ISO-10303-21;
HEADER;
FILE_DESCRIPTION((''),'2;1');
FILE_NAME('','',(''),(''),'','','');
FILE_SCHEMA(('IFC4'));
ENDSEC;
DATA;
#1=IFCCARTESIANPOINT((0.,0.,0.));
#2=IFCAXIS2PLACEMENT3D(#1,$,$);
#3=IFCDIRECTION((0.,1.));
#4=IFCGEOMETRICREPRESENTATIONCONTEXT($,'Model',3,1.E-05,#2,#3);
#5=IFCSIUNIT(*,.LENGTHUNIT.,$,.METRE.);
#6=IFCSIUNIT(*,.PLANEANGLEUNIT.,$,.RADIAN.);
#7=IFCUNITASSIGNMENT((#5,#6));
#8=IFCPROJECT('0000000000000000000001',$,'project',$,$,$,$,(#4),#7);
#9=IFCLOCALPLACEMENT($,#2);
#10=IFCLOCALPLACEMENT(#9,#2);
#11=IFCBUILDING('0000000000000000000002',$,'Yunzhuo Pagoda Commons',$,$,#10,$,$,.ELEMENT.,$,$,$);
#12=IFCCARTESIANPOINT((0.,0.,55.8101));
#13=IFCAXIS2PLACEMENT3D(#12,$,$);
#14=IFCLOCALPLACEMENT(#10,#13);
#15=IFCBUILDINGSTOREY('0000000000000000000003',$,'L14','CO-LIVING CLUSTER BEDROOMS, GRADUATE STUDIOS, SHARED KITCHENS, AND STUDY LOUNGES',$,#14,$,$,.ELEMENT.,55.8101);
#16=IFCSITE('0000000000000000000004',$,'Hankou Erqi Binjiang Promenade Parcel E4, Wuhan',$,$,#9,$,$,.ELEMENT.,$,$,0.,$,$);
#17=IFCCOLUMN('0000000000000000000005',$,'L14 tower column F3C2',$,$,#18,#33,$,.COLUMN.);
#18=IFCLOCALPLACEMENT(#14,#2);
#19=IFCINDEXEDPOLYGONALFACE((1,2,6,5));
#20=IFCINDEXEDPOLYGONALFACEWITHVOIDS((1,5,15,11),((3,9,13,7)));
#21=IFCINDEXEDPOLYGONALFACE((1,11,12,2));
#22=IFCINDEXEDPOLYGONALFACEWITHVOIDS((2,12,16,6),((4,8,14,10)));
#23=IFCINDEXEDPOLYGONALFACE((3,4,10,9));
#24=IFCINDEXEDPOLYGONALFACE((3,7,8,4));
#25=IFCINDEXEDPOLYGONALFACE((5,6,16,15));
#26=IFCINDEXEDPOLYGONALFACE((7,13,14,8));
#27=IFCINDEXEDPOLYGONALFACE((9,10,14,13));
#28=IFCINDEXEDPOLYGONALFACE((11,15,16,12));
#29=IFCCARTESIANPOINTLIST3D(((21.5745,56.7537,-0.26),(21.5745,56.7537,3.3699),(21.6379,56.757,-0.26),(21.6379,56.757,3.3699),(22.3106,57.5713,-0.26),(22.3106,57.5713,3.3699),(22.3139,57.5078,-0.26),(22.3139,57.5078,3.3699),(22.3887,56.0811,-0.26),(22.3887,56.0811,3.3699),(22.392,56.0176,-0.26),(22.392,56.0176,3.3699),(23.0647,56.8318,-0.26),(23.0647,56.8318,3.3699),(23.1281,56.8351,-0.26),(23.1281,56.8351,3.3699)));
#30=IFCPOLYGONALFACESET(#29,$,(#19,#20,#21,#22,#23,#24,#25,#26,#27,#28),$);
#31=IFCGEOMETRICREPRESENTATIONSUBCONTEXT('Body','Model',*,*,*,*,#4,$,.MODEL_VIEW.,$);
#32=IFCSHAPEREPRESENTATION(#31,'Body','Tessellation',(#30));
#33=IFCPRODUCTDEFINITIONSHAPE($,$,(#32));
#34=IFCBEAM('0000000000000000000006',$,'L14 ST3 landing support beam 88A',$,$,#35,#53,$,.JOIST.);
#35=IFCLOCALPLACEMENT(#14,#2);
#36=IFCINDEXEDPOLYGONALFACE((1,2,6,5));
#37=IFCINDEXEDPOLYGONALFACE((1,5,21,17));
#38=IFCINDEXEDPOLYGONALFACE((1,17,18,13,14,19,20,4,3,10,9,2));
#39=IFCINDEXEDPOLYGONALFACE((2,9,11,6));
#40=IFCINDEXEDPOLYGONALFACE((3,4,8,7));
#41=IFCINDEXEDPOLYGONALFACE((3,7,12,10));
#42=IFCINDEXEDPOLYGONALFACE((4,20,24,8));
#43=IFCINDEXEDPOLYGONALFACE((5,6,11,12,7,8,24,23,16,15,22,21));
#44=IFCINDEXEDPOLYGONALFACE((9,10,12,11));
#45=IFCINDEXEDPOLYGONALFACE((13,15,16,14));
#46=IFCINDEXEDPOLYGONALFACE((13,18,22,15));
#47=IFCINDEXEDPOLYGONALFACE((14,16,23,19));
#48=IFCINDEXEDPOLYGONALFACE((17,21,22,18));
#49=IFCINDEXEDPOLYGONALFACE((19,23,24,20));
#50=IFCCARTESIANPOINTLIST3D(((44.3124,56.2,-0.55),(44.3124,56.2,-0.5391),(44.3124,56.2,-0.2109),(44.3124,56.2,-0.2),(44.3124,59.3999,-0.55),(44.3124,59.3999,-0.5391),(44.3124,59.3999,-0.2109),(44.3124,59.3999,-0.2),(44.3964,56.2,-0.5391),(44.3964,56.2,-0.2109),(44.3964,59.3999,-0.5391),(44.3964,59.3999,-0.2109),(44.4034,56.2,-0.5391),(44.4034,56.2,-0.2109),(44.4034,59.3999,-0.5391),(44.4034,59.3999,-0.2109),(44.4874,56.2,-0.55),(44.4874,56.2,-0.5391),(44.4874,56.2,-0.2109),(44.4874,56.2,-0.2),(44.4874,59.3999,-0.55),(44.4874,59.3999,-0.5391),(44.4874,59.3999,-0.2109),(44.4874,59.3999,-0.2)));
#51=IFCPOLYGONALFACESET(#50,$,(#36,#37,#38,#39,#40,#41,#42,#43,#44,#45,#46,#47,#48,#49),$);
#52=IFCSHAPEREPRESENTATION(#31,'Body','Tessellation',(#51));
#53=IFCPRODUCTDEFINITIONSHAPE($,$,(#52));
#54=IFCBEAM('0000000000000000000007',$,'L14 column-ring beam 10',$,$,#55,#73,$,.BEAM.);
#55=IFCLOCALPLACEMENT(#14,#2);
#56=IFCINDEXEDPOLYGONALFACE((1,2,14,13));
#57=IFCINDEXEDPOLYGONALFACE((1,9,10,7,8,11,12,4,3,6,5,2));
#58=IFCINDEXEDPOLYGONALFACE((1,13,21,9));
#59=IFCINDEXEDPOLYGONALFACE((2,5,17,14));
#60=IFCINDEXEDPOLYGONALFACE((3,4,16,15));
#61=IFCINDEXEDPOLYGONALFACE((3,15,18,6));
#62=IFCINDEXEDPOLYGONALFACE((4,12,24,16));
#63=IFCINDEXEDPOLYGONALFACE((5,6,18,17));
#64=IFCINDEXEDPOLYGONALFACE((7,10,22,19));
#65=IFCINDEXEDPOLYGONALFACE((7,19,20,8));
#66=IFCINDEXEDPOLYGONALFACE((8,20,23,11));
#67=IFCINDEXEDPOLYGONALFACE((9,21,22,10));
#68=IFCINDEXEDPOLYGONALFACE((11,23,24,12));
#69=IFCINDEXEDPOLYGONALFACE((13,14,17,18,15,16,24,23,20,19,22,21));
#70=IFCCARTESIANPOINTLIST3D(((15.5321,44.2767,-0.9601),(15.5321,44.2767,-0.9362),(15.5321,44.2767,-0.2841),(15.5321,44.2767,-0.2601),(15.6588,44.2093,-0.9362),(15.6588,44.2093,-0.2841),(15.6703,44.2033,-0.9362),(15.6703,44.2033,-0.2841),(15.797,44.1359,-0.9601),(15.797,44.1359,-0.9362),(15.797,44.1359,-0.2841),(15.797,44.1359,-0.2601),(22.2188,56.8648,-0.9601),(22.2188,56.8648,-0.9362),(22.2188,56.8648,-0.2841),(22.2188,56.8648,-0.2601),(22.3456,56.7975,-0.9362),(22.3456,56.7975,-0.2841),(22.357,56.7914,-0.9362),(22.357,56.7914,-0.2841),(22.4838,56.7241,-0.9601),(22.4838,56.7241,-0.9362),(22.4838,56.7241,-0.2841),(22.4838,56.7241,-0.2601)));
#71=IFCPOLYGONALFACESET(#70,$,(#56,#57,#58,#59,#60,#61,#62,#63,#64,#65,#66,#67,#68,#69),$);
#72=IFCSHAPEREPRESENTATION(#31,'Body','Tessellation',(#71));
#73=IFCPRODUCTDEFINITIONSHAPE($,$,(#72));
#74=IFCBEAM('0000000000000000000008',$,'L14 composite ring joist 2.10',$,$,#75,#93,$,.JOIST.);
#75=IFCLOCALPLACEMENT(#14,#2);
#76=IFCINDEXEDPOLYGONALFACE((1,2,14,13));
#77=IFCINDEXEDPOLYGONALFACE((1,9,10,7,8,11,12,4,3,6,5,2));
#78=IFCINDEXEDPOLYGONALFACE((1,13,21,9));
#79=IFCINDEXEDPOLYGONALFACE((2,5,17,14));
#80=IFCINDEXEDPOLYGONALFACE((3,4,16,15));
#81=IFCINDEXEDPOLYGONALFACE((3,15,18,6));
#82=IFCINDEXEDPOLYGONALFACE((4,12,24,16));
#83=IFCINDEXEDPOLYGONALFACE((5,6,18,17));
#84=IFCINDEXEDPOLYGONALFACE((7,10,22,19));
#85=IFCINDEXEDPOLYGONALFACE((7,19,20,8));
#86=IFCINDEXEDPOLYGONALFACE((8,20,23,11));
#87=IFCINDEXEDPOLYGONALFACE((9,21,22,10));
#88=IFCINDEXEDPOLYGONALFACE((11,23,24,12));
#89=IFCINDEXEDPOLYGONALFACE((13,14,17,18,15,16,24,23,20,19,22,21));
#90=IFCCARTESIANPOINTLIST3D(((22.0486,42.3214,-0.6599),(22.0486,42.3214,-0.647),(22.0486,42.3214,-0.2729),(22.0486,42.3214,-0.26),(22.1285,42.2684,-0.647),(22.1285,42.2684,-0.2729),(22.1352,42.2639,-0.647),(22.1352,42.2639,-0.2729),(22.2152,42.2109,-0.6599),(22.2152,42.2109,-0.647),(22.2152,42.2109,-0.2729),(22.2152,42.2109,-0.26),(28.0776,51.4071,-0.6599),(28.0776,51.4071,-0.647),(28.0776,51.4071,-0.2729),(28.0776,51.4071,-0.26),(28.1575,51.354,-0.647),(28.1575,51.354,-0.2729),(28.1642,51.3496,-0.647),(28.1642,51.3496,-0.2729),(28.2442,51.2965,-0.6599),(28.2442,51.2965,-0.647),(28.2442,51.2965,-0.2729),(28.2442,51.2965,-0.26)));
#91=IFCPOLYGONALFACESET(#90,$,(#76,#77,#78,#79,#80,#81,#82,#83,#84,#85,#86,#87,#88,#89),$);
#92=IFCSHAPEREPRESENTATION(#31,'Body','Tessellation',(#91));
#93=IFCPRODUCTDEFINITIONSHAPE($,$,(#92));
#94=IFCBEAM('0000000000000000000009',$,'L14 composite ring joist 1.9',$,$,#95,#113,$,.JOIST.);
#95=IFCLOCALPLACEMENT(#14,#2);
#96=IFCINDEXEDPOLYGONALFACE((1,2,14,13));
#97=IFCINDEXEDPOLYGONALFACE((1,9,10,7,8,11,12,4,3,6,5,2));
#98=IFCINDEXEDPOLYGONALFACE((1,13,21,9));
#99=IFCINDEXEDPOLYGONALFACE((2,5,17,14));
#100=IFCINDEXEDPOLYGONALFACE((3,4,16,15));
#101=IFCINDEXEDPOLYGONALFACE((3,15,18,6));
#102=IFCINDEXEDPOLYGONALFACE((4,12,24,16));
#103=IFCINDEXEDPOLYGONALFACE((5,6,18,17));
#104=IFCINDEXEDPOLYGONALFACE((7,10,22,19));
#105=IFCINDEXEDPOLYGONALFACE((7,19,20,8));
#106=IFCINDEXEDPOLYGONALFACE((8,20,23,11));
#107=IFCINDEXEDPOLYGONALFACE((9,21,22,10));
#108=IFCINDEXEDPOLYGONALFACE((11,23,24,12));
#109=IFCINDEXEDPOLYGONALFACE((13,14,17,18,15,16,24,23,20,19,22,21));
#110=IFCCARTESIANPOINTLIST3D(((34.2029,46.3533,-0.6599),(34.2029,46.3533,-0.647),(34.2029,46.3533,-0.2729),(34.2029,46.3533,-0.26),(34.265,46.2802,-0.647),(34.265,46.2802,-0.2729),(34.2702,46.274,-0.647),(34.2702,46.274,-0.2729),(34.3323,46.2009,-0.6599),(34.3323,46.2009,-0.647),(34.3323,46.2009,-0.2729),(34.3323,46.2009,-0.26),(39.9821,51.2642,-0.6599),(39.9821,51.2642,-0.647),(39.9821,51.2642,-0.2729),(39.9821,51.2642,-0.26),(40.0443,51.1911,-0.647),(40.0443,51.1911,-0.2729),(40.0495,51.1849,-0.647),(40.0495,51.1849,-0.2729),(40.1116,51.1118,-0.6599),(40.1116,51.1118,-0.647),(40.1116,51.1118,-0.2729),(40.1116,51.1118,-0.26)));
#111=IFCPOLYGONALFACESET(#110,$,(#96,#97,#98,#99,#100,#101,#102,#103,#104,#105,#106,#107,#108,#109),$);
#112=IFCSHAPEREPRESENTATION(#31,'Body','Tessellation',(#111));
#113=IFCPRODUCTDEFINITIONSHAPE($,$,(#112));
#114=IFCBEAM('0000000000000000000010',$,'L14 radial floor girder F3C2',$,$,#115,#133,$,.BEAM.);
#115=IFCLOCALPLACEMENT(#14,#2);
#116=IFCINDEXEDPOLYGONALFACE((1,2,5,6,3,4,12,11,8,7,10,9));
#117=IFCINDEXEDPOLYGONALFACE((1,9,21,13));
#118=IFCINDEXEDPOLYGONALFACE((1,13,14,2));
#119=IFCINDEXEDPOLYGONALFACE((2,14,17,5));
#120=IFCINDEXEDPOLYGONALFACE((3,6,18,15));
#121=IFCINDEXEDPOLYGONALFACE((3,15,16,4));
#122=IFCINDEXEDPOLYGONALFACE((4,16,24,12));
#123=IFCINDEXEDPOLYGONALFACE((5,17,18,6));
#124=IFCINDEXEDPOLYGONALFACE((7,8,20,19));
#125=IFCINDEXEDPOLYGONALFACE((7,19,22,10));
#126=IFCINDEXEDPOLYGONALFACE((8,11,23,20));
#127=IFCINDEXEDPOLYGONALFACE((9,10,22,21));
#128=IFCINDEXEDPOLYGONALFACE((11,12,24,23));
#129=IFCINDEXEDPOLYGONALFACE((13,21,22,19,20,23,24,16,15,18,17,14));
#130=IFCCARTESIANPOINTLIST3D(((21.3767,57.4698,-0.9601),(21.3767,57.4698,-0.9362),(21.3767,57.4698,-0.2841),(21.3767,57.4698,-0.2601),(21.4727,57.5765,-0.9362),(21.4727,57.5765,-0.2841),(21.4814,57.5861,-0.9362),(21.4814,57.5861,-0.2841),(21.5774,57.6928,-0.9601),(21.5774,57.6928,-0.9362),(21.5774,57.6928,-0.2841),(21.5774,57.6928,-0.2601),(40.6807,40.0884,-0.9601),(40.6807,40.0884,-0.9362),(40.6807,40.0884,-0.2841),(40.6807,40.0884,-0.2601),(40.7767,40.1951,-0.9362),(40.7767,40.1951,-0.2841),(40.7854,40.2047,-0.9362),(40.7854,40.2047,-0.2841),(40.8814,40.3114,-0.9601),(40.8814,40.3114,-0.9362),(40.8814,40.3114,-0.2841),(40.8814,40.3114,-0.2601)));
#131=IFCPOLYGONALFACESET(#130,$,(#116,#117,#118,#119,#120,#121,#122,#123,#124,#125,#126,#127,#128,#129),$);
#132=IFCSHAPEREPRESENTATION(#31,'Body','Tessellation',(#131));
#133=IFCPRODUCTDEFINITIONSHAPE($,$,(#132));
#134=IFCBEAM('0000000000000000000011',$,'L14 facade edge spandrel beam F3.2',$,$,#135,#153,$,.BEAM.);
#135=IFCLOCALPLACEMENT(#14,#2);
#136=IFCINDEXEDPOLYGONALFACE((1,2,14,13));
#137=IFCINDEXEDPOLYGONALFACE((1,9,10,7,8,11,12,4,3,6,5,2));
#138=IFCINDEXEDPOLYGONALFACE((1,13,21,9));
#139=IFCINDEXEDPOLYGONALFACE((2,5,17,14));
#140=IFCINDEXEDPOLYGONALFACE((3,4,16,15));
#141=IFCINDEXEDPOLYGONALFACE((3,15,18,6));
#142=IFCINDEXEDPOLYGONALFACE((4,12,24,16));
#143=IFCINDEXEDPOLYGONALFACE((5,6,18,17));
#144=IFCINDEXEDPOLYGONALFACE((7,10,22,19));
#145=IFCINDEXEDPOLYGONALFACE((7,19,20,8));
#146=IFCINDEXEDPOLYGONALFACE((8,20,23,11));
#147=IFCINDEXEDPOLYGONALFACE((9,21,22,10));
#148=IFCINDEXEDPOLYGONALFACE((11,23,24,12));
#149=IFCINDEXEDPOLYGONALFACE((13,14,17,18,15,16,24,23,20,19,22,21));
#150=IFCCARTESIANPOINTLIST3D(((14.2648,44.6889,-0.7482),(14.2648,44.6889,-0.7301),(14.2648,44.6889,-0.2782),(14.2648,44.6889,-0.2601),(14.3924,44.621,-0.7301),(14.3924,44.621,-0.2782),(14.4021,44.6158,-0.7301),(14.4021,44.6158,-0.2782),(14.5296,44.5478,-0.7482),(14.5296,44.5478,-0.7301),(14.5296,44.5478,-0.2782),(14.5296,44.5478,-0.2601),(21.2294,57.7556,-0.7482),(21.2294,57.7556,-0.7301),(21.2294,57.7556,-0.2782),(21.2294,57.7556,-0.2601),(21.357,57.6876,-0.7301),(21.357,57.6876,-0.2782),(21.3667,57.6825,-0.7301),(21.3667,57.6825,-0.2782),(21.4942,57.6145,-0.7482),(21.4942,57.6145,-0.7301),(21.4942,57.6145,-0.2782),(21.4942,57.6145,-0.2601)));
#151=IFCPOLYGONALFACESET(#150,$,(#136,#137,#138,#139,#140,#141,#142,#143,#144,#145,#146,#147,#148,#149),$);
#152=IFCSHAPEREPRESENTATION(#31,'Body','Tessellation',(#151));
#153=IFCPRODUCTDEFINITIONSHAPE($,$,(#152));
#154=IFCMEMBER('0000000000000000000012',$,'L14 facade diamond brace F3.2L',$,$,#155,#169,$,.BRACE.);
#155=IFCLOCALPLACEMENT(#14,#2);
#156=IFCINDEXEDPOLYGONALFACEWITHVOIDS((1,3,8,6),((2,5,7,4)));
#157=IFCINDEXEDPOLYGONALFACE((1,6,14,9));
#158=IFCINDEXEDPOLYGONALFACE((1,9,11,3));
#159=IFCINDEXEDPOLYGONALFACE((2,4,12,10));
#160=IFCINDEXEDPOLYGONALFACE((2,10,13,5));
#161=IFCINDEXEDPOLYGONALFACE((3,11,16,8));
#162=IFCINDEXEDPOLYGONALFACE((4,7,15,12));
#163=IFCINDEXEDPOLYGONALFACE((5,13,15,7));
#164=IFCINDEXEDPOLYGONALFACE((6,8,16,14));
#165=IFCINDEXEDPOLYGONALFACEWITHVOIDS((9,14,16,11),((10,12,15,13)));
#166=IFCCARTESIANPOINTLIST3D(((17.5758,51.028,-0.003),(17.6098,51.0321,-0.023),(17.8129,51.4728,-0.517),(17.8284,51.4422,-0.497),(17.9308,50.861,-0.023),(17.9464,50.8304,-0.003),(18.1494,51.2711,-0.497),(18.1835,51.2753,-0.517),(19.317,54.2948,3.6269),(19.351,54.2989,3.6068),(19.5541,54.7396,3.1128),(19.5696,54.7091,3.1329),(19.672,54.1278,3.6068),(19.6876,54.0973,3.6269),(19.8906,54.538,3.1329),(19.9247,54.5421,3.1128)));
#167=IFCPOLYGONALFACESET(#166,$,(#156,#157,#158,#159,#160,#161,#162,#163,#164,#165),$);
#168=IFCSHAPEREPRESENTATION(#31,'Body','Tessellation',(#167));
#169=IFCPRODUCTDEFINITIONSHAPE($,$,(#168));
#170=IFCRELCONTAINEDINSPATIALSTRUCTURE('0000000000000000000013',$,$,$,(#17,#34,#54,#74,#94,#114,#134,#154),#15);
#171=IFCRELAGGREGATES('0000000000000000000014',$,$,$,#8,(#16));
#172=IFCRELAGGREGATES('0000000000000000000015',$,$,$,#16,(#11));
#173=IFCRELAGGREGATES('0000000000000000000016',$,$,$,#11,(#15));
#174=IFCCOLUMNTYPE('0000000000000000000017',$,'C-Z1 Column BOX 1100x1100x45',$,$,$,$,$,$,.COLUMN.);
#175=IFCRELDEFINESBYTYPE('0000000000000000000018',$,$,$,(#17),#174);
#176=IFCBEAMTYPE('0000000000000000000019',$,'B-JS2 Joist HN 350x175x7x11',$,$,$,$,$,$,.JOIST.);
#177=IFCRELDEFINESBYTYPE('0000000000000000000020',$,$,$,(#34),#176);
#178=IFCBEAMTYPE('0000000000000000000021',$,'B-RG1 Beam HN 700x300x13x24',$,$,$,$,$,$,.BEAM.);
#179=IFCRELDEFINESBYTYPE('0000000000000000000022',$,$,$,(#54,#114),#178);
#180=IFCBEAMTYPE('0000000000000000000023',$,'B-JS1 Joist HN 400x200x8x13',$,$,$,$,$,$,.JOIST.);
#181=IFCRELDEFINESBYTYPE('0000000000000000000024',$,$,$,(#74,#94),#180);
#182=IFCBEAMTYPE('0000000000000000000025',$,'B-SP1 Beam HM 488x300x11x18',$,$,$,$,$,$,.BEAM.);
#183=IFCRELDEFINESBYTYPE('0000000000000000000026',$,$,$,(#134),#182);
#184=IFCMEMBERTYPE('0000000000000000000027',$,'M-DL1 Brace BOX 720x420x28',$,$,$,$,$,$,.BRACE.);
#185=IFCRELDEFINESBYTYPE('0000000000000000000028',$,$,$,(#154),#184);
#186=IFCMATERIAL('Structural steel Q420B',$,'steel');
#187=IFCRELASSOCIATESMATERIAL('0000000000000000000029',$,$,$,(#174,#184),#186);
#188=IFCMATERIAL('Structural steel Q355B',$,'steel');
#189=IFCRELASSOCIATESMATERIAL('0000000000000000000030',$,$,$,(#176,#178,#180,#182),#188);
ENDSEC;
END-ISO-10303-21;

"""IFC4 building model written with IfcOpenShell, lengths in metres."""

from ifc_helpers import new_model, si_unit, direction, frame, origin, origin_2d, place, context, subcontext, project, spatial, hollow_rectangle, i_section, extrude, source, transform, mapped, material, material_profile, profile_set, type_object, element, save


model = new_model("IFC4")

# Units and contexts
model_context = context("Model", 3, precision=1e-05, world=origin(), true_north=direction((0.0, 1.0)))
body_context = subcontext(model_context, "Body", "Model", "MODEL_VIEW")
ifc_project = project(units=[si_unit("LENGTHUNIT", "METRE"), si_unit("PLANEANGLEUNIT", "RADIAN")], contexts=[model_context])

# Site, building, storey
site_placement = place(None, origin())
site = spatial("IfcSite", under=ifc_project, at=site_placement, Name="Hankou Erqi Binjiang Promenade Parcel E4, Wuhan", CompositionType="ELEMENT", RefElevation=0.0)
building_placement = place(site_placement, origin())
building = spatial("IfcBuilding", under=site, at=building_placement, Name="Yunzhuo Pagoda Commons", CompositionType="ELEMENT")
storey_placement = place(building_placement, frame((0.0, 0.0, 55.8101)))
storey = spatial("IfcBuildingStorey", under=building, at=storey_placement, Name="L14", Description="CO-LIVING CLUSTER BEDROOMS, GRADUATE STUDIOS, SHARED KITCHENS, AND STUDY LOUNGES", CompositionType="ELEMENT", Elevation=55.8101)

# Column
ifc_material_1 = material(Name="Structural steel Q420B", Category="steel")
ifc_material_profile_1 = material_profile(ifc_material_1, hollow_rectangle(XDim=1.1001, YDim=1.1001, WallThickness=0.0449, at=origin_2d()), Name="Structural steel Q420B")
ifc_profile_set_1 = profile_set([ifc_material_profile_1], Name="Structural steel Q420B")
column_type = type_object("IfcColumnType", Name="C-Z1 Column BOX 1100x1100x45", PredefinedType="COLUMN", material=ifc_profile_set_1)
shared_shape_1 = source(origin(), body_context, "Body", "SweptSolid", [
    extrude(hollow_rectangle(XDim=1.1001, YDim=1.1001, WallThickness=0.0449, at=origin_2d()), origin(), (0.0, 0.0, 1.0), 3.6299),
])
column_placement = place(storey_placement, frame((22.3513, 56.7944, -0.26), z_axis=(0.0, 0.0, 1.0), x_axis=(-0.669131, -0.743145, 0.0)))
element("IfcColumn", 1, at=column_placement, inside=storey, type_object=column_type, Name="L14 tower column F3C2", PredefinedType="COLUMN", context=body_context, shape_type="MappedRepresentation", body=[
    mapped(shared_shape_1, transform((0.0, 0.0, 0.0), scale=1.0)),
])

# Beams
ifc_material_2 = material(Name="Structural steel Q355B", Category="steel")
ifc_material_profile_2 = material_profile(ifc_material_2, i_section(OverallWidth=0.175, OverallDepth=0.3501, WebThickness=0.0071, FlangeThickness=0.011, at=origin_2d()), Name="Structural steel Q355B")
ifc_profile_set_2 = profile_set([ifc_material_profile_2], Name="Structural steel Q355B")
beam_type_1 = type_object("IfcBeamType", Name="B-JS2 Joist HN 350x175x7x11", PredefinedType="JOIST", material=ifc_profile_set_2)
shared_shape_2 = source(origin(), body_context, "Body", "SweptSolid", [
    extrude(i_section(OverallWidth=0.175, OverallDepth=0.3501, WebThickness=0.0071, FlangeThickness=0.011, at=origin_2d()), origin(), (0.0, 0.0, 1.0), 3.2),
])
beam_1_placement = place(storey_placement, frame((44.3999, 56.2, -0.375), z_axis=(0.0, 1.0, 0.0), x_axis=(-1.0, 0.0, 0.0)))
element("IfcBeam", 2, at=beam_1_placement, inside=storey, type_object=beam_type_1, Name="L14 ST3 landing support beam 88A", PredefinedType="JOIST", context=body_context, shape_type="MappedRepresentation", body=[
    mapped(shared_shape_2, transform((0.0, 0.0, 0.0), scale=1.0)),
])
ifc_material_profile_3 = material_profile(ifc_material_2, i_section(OverallWidth=0.3, OverallDepth=0.7, WebThickness=0.0129, FlangeThickness=0.0239, at=origin_2d()), Name="Structural steel Q355B")
ifc_profile_set_3 = profile_set([ifc_material_profile_3], Name="Structural steel Q355B")
beam_type_2 = type_object("IfcBeamType", Name="B-RG1 Beam HN 700x300x13x24", PredefinedType="BEAM", material=ifc_profile_set_3)
shared_shape_3 = source(origin(), body_context, "Body", "SweptSolid", [
    extrude(i_section(OverallWidth=0.3, OverallDepth=0.7, WebThickness=0.0129, FlangeThickness=0.0239, at=origin_2d()), origin(), (0.0, 0.0, 1.0), 14.2539),
])
beam_2_placement = place(storey_placement, frame((22.3513, 56.7944, -0.6101), z_axis=(-0.469118, -0.883135, 0.0), x_axis=(0.883135, -0.469118, 0.0)))
element("IfcBeam", 3, at=beam_2_placement, inside=storey, type_object=beam_type_2, Name="L14 column-ring beam 10", PredefinedType="BEAM", context=body_context, shape_type="MappedRepresentation", body=[
    mapped(shared_shape_3, transform((0.0, 0.0, 0.0), scale=1.0)),
])
ifc_material_profile_4 = material_profile(ifc_material_2, i_section(OverallWidth=0.2, OverallDepth=0.3999, WebThickness=0.0081, FlangeThickness=0.0129, at=origin_2d()), Name="Structural steel Q355B")
ifc_profile_set_4 = profile_set([ifc_material_profile_4], Name="Structural steel Q355B")
beam_type_3 = type_object("IfcBeamType", Name="B-JS1 Joist HN 400x200x8x13", PredefinedType="JOIST", material=ifc_profile_set_4)
shared_shape_4 = source(origin(), body_context, "Body", "SweptSolid", [
    extrude(i_section(OverallWidth=0.2, OverallDepth=0.3999, WebThickness=0.0081, FlangeThickness=0.0129, at=origin_2d()), origin(), (0.0, 0.0, 1.0), 10.9041),
])
beam_3_placement = place(storey_placement, frame((28.1609, 51.3518, -0.46), z_axis=(-0.552916, -0.833237, 0.0), x_axis=(0.833237, -0.552916, 0.0)))
element("IfcBeam", 4, at=beam_3_placement, inside=storey, type_object=beam_type_3, Name="L14 composite ring joist 2.10", PredefinedType="JOIST", context=body_context, shape_type="MappedRepresentation", body=[
    mapped(shared_shape_4, transform((0.0, 0.0, 0.0), scale=1.0)),
])
shared_shape_5 = source(origin(), body_context, "Body", "SweptSolid", [
    extrude(i_section(OverallWidth=0.2, OverallDepth=0.3999, WebThickness=0.0081, FlangeThickness=0.0129, at=origin_2d()), origin(), (0.0, 0.0, 1.0), 7.584),
])
beam_4_placement = place(storey_placement, frame((40.0469, 51.188, -0.46), z_axis=(-0.762038, -0.647533, 0.0), x_axis=(0.647533, -0.762038, 0.0)))
element("IfcBeam", 5, at=beam_4_placement, inside=storey, type_object=beam_type_3, Name="L14 composite ring joist 1.9", PredefinedType="JOIST", context=body_context, shape_type="MappedRepresentation", body=[
    mapped(shared_shape_5, transform((0.0, 0.0, 0.0), scale=1.0)),
])
shared_shape_6 = source(origin(), body_context, "Body", "SweptSolid", [
    extrude(i_section(OverallWidth=0.3, OverallDepth=0.7, WebThickness=0.0129, FlangeThickness=0.0239, at=origin_2d()), origin(), (0.0, 0.0, 1.0), 25.9761),
])
beam_5_placement = place(storey_placement, frame((21.4771, 57.5813, -0.6101), z_axis=(0.743145, -0.66913, 0.0), x_axis=(0.66913, 0.743145, 0.0)))
element("IfcBeam", 6, at=beam_5_placement, inside=storey, type_object=beam_type_2, Name="L14 radial floor girder F3C2", PredefinedType="BEAM", context=body_context, shape_type="MappedRepresentation", body=[
    mapped(shared_shape_6, transform((0.0, 0.0, 0.0), scale=1.0)),
])
ifc_material_profile_5 = material_profile(ifc_material_2, i_section(OverallWidth=0.3, OverallDepth=0.488, WebThickness=0.011, FlangeThickness=0.0181, at=origin_2d()), Name="Structural steel Q355B")
ifc_profile_set_5 = profile_set([ifc_material_profile_5], Name="Structural steel Q355B")
beam_type_4 = type_object("IfcBeamType", Name="B-SP1 Beam HM 488x300x11x18", PredefinedType="BEAM", material=ifc_profile_set_5)
shared_shape_7 = source(origin(), body_context, "Body", "SweptSolid", [
    extrude(i_section(OverallWidth=0.3, OverallDepth=0.488, WebThickness=0.011, FlangeThickness=0.0181, at=origin_2d()), origin(), (0.0, 0.0, 1.0), 14.8069),
])
beam_6_placement = place(storey_placement, frame((21.3618, 57.6851, -0.5042), z_axis=(-0.470363, -0.882473, 0.0), x_axis=(0.882473, -0.470363, 0.0)))
element("IfcBeam", 7, at=beam_6_placement, inside=storey, type_object=beam_type_4, Name="L14 facade edge spandrel beam F3.2", PredefinedType="BEAM", context=body_context, shape_type="MappedRepresentation", body=[
    mapped(shared_shape_7, transform((0.0, 0.0, 0.0), scale=1.0)),
])

# Member
ifc_material_profile_6 = material_profile(ifc_material_1, hollow_rectangle(XDim=0.4199, YDim=0.72, WallThickness=0.0281, at=origin_2d()), Name="Structural steel Q420B")
ifc_profile_set_6 = profile_set([ifc_material_profile_6], Name="Structural steel Q420B")
member_type_1 = type_object("IfcMemberType", Name="M-DL1 Brace BOX 720x420x28", PredefinedType="BRACE", material=ifc_profile_set_6)
shared_shape_8 = source(origin(), body_context, "Body", "SweptSolid", [
    extrude(hollow_rectangle(XDim=0.4199, YDim=0.72, WallThickness=0.0281, at=origin_2d()), origin(), (0.0, 0.0, 1.0), 5.1846),
])
for number, where, z_axis, x_axis, name in (
    (8, (17.8796, 51.1516, -0.26), (0.335842, 0.630105, 0.700127), (-0.882477, 0.470355, 0.0), "L14 facade diamond brace F3.2L"),
):
    element("IfcMember", number, at=place(storey_placement, frame(where, z_axis=z_axis, x_axis=x_axis)), inside=storey, type_object=member_type_1, Name=name, PredefinedType="BRACE", context=body_context, shape_type="MappedRepresentation", body=[
        mapped(shared_shape_8, transform((0.0, 0.0, 0.0), scale=1.0)),
    ])

save(model, "model.ifc")
